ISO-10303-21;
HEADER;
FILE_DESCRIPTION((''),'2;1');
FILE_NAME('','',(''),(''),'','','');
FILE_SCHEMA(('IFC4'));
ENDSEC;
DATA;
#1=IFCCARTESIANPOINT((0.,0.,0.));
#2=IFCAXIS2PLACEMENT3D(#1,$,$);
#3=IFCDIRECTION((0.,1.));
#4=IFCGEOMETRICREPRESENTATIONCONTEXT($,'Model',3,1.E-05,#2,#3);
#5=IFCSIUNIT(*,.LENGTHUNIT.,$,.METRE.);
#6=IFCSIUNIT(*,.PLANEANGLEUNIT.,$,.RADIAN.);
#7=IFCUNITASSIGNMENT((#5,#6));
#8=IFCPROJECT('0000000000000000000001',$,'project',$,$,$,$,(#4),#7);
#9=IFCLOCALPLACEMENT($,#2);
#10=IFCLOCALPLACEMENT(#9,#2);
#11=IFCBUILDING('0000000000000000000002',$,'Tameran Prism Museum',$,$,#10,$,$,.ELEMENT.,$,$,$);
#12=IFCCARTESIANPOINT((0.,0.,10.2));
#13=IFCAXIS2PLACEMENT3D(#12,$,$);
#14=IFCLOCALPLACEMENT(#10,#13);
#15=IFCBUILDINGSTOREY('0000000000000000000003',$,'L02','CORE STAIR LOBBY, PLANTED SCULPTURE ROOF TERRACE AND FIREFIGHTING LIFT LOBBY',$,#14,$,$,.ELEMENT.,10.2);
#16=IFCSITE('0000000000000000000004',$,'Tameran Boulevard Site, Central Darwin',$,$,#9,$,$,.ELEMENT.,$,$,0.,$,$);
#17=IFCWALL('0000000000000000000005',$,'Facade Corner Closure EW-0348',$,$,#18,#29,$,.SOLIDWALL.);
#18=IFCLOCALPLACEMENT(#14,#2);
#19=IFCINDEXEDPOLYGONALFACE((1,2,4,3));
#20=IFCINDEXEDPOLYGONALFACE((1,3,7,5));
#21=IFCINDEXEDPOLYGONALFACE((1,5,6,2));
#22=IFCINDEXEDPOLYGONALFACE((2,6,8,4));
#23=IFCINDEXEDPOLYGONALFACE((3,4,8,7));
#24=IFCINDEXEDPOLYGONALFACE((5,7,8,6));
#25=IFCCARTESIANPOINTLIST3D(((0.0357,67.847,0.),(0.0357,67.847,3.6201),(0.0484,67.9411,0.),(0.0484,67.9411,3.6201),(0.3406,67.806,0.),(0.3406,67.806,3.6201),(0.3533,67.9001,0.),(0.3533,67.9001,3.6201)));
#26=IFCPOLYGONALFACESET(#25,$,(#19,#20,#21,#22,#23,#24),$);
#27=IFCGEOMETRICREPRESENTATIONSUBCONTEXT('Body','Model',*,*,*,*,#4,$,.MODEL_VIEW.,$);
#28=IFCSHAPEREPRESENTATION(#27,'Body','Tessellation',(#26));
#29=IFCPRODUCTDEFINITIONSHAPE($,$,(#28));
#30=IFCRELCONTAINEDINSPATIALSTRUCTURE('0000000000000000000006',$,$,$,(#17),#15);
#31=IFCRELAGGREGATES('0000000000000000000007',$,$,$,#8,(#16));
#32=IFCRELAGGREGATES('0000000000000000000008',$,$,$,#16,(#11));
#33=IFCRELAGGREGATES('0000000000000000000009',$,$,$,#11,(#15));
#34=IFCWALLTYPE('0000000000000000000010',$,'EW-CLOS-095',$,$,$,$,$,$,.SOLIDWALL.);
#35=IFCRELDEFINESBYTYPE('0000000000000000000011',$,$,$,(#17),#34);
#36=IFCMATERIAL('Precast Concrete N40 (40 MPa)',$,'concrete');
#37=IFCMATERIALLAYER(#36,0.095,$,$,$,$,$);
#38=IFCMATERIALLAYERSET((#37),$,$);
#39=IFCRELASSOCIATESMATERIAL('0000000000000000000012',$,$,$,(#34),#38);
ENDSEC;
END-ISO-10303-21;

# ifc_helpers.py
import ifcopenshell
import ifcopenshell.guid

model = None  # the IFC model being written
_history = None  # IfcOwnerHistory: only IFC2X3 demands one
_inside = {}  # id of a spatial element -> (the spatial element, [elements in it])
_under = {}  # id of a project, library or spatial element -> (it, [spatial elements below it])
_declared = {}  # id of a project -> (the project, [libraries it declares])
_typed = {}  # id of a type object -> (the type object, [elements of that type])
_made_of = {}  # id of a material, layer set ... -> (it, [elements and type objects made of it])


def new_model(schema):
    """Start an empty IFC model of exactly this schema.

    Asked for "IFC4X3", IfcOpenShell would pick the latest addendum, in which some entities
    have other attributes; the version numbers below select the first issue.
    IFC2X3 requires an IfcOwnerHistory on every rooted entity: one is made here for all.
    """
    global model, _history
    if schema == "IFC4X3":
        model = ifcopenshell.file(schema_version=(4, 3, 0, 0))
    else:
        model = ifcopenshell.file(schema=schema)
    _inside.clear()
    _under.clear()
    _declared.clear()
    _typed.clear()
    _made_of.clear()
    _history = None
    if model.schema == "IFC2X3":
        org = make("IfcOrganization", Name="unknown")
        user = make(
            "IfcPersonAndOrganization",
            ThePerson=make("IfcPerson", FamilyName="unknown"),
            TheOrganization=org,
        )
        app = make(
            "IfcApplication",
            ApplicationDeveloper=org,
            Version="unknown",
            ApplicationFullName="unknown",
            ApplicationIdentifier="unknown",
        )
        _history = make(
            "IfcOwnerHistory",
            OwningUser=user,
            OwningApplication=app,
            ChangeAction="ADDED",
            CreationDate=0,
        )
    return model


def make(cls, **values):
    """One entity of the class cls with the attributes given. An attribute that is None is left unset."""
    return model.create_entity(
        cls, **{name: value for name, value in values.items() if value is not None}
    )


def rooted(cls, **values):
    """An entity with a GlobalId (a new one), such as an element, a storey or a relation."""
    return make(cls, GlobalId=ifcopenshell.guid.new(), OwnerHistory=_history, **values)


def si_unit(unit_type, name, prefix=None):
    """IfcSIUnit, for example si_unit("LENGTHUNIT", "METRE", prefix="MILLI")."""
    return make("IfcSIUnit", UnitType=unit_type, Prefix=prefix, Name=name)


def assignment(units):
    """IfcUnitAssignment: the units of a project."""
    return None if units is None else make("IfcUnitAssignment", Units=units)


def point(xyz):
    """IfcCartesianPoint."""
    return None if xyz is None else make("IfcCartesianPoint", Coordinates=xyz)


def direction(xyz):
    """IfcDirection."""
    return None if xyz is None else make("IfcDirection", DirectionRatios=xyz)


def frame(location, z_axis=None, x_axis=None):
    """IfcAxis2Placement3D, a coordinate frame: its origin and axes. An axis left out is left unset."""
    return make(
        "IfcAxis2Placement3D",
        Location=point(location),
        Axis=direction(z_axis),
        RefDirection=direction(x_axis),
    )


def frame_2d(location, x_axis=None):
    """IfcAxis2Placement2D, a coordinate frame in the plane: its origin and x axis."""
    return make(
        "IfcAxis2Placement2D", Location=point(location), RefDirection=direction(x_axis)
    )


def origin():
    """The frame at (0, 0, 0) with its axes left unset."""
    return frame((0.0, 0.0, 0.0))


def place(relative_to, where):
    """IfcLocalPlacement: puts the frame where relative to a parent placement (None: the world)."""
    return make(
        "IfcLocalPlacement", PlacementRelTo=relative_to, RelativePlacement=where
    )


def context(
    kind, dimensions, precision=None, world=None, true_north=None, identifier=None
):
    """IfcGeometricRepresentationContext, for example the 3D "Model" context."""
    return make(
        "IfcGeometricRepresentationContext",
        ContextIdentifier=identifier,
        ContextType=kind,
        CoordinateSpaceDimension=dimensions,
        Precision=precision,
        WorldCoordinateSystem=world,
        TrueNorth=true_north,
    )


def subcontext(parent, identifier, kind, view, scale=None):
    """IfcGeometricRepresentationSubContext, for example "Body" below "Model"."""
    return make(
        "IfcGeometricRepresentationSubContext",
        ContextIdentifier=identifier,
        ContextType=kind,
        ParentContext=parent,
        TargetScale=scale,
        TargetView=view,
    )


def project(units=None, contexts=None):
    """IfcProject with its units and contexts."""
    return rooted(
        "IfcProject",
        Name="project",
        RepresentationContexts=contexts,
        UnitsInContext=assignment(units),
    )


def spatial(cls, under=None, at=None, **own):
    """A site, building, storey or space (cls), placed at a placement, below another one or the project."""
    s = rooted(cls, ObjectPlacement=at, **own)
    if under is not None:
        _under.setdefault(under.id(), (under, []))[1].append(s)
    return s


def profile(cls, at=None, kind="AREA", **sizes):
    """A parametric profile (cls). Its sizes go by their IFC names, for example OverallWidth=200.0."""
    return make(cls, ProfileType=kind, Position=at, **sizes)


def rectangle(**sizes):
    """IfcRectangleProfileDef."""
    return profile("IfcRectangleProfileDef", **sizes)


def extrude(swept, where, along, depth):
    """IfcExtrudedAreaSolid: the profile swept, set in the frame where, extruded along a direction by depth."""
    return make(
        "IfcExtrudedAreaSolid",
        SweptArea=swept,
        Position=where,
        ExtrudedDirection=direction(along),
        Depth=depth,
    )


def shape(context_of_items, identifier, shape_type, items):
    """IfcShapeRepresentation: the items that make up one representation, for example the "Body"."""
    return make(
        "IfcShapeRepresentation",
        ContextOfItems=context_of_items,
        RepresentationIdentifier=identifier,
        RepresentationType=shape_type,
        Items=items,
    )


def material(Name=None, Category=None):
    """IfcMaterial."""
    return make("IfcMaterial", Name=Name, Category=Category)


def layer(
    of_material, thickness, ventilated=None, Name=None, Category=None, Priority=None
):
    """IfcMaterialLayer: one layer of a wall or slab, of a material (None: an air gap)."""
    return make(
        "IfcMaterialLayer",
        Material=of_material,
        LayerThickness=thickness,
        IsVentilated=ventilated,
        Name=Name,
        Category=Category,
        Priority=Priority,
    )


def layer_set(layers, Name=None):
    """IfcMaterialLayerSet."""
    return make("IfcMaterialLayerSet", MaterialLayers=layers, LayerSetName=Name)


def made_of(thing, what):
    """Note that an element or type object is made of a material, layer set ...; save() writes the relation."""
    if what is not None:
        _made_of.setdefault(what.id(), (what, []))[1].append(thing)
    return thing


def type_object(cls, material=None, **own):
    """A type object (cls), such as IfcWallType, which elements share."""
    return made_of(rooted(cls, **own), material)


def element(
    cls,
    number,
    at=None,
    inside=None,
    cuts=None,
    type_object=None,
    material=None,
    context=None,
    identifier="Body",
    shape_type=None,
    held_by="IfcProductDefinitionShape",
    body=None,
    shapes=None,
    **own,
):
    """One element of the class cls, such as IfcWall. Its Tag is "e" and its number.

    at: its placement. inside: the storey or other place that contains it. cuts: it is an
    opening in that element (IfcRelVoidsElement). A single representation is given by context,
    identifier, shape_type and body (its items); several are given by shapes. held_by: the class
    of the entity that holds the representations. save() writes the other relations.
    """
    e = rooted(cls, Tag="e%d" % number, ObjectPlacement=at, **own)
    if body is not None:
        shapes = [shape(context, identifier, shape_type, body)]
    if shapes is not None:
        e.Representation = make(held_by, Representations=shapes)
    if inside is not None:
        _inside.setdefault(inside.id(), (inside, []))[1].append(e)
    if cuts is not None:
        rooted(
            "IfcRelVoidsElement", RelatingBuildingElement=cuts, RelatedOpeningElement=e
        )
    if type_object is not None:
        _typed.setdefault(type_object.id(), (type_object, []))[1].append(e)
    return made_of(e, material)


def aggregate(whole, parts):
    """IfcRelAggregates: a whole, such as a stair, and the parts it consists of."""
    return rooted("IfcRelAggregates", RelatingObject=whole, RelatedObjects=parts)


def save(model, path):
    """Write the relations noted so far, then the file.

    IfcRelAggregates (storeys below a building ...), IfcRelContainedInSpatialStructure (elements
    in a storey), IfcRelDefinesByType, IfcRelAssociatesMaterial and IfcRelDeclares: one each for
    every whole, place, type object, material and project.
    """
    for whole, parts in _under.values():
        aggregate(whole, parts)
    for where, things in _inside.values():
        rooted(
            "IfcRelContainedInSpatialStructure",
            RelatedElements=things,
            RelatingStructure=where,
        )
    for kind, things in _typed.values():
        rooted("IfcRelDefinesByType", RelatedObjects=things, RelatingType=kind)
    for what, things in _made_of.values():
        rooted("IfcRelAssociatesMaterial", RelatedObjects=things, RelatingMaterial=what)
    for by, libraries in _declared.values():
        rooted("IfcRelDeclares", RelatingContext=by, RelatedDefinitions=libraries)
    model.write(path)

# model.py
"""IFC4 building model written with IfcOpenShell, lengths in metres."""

from ifc_helpers import new_model, si_unit, direction, frame, frame_2d, origin, place, context, subcontext, project, spatial, rectangle, extrude, material, layer, layer_set, type_object, element, save


model = new_model("IFC4")

# Units and contexts
model_context = context("Model", 3, precision=1e-05, world=origin(), true_north=direction((0.0, 1.0)))
body_context = subcontext(model_context, "Body", "Model", "MODEL_VIEW")
ifc_project = project(units=[si_unit("LENGTHUNIT", "METRE"), si_unit("PLANEANGLEUNIT", "RADIAN")], contexts=[model_context])

# Site, building, storey
site_placement = place(None, origin())
site = spatial("IfcSite", under=ifc_project, at=site_placement, Name="Tameran Boulevard Site, Central Darwin", CompositionType="ELEMENT", RefElevation=0.0)
building_placement = place(site_placement, origin())
building = spatial("IfcBuilding", under=site, at=building_placement, Name="Tameran Prism Museum", CompositionType="ELEMENT")
storey_placement = place(building_placement, frame((0.0, 0.0, 10.2)))
storey = spatial("IfcBuildingStorey", under=building, at=storey_placement, Name="L02", Description="CORE STAIR LOBBY, PLANTED SCULPTURE ROOF TERRACE AND FIREFIGHTING LIFT LOBBY", CompositionType="ELEMENT", Elevation=10.2)

# Wall
ifc_material_1 = material(Name="Precast Concrete N40 (40 MPa)", Category="concrete")
ifc_layer_1 = layer(ifc_material_1, 0.095)
ifc_layer_set_1 = layer_set([ifc_layer_1])
wall_type = type_object("IfcWallType", Name="EW-CLOS-095", PredefinedType="SOLIDWALL", material=ifc_layer_set_1)
wall_placement = place(storey_placement, frame((0.3469, 67.853, 0.0), z_axis=(0.0, 0.0, 1.0), x_axis=(-0.991075, 0.133307, 0.0)))
element("IfcWall", 1, at=wall_placement, inside=storey, type_object=wall_type, Name="Facade Corner Closure EW-0348", PredefinedType="SOLIDWALL", context=body_context, shape_type="SweptSolid", body=[
    extrude(rectangle(XDim=0.3076, YDim=0.095, at=frame_2d((0.1538, 0.0))), origin(), (0.0, 0.0, 1.0), 3.6201),
])

save(model, "model.ifc")
